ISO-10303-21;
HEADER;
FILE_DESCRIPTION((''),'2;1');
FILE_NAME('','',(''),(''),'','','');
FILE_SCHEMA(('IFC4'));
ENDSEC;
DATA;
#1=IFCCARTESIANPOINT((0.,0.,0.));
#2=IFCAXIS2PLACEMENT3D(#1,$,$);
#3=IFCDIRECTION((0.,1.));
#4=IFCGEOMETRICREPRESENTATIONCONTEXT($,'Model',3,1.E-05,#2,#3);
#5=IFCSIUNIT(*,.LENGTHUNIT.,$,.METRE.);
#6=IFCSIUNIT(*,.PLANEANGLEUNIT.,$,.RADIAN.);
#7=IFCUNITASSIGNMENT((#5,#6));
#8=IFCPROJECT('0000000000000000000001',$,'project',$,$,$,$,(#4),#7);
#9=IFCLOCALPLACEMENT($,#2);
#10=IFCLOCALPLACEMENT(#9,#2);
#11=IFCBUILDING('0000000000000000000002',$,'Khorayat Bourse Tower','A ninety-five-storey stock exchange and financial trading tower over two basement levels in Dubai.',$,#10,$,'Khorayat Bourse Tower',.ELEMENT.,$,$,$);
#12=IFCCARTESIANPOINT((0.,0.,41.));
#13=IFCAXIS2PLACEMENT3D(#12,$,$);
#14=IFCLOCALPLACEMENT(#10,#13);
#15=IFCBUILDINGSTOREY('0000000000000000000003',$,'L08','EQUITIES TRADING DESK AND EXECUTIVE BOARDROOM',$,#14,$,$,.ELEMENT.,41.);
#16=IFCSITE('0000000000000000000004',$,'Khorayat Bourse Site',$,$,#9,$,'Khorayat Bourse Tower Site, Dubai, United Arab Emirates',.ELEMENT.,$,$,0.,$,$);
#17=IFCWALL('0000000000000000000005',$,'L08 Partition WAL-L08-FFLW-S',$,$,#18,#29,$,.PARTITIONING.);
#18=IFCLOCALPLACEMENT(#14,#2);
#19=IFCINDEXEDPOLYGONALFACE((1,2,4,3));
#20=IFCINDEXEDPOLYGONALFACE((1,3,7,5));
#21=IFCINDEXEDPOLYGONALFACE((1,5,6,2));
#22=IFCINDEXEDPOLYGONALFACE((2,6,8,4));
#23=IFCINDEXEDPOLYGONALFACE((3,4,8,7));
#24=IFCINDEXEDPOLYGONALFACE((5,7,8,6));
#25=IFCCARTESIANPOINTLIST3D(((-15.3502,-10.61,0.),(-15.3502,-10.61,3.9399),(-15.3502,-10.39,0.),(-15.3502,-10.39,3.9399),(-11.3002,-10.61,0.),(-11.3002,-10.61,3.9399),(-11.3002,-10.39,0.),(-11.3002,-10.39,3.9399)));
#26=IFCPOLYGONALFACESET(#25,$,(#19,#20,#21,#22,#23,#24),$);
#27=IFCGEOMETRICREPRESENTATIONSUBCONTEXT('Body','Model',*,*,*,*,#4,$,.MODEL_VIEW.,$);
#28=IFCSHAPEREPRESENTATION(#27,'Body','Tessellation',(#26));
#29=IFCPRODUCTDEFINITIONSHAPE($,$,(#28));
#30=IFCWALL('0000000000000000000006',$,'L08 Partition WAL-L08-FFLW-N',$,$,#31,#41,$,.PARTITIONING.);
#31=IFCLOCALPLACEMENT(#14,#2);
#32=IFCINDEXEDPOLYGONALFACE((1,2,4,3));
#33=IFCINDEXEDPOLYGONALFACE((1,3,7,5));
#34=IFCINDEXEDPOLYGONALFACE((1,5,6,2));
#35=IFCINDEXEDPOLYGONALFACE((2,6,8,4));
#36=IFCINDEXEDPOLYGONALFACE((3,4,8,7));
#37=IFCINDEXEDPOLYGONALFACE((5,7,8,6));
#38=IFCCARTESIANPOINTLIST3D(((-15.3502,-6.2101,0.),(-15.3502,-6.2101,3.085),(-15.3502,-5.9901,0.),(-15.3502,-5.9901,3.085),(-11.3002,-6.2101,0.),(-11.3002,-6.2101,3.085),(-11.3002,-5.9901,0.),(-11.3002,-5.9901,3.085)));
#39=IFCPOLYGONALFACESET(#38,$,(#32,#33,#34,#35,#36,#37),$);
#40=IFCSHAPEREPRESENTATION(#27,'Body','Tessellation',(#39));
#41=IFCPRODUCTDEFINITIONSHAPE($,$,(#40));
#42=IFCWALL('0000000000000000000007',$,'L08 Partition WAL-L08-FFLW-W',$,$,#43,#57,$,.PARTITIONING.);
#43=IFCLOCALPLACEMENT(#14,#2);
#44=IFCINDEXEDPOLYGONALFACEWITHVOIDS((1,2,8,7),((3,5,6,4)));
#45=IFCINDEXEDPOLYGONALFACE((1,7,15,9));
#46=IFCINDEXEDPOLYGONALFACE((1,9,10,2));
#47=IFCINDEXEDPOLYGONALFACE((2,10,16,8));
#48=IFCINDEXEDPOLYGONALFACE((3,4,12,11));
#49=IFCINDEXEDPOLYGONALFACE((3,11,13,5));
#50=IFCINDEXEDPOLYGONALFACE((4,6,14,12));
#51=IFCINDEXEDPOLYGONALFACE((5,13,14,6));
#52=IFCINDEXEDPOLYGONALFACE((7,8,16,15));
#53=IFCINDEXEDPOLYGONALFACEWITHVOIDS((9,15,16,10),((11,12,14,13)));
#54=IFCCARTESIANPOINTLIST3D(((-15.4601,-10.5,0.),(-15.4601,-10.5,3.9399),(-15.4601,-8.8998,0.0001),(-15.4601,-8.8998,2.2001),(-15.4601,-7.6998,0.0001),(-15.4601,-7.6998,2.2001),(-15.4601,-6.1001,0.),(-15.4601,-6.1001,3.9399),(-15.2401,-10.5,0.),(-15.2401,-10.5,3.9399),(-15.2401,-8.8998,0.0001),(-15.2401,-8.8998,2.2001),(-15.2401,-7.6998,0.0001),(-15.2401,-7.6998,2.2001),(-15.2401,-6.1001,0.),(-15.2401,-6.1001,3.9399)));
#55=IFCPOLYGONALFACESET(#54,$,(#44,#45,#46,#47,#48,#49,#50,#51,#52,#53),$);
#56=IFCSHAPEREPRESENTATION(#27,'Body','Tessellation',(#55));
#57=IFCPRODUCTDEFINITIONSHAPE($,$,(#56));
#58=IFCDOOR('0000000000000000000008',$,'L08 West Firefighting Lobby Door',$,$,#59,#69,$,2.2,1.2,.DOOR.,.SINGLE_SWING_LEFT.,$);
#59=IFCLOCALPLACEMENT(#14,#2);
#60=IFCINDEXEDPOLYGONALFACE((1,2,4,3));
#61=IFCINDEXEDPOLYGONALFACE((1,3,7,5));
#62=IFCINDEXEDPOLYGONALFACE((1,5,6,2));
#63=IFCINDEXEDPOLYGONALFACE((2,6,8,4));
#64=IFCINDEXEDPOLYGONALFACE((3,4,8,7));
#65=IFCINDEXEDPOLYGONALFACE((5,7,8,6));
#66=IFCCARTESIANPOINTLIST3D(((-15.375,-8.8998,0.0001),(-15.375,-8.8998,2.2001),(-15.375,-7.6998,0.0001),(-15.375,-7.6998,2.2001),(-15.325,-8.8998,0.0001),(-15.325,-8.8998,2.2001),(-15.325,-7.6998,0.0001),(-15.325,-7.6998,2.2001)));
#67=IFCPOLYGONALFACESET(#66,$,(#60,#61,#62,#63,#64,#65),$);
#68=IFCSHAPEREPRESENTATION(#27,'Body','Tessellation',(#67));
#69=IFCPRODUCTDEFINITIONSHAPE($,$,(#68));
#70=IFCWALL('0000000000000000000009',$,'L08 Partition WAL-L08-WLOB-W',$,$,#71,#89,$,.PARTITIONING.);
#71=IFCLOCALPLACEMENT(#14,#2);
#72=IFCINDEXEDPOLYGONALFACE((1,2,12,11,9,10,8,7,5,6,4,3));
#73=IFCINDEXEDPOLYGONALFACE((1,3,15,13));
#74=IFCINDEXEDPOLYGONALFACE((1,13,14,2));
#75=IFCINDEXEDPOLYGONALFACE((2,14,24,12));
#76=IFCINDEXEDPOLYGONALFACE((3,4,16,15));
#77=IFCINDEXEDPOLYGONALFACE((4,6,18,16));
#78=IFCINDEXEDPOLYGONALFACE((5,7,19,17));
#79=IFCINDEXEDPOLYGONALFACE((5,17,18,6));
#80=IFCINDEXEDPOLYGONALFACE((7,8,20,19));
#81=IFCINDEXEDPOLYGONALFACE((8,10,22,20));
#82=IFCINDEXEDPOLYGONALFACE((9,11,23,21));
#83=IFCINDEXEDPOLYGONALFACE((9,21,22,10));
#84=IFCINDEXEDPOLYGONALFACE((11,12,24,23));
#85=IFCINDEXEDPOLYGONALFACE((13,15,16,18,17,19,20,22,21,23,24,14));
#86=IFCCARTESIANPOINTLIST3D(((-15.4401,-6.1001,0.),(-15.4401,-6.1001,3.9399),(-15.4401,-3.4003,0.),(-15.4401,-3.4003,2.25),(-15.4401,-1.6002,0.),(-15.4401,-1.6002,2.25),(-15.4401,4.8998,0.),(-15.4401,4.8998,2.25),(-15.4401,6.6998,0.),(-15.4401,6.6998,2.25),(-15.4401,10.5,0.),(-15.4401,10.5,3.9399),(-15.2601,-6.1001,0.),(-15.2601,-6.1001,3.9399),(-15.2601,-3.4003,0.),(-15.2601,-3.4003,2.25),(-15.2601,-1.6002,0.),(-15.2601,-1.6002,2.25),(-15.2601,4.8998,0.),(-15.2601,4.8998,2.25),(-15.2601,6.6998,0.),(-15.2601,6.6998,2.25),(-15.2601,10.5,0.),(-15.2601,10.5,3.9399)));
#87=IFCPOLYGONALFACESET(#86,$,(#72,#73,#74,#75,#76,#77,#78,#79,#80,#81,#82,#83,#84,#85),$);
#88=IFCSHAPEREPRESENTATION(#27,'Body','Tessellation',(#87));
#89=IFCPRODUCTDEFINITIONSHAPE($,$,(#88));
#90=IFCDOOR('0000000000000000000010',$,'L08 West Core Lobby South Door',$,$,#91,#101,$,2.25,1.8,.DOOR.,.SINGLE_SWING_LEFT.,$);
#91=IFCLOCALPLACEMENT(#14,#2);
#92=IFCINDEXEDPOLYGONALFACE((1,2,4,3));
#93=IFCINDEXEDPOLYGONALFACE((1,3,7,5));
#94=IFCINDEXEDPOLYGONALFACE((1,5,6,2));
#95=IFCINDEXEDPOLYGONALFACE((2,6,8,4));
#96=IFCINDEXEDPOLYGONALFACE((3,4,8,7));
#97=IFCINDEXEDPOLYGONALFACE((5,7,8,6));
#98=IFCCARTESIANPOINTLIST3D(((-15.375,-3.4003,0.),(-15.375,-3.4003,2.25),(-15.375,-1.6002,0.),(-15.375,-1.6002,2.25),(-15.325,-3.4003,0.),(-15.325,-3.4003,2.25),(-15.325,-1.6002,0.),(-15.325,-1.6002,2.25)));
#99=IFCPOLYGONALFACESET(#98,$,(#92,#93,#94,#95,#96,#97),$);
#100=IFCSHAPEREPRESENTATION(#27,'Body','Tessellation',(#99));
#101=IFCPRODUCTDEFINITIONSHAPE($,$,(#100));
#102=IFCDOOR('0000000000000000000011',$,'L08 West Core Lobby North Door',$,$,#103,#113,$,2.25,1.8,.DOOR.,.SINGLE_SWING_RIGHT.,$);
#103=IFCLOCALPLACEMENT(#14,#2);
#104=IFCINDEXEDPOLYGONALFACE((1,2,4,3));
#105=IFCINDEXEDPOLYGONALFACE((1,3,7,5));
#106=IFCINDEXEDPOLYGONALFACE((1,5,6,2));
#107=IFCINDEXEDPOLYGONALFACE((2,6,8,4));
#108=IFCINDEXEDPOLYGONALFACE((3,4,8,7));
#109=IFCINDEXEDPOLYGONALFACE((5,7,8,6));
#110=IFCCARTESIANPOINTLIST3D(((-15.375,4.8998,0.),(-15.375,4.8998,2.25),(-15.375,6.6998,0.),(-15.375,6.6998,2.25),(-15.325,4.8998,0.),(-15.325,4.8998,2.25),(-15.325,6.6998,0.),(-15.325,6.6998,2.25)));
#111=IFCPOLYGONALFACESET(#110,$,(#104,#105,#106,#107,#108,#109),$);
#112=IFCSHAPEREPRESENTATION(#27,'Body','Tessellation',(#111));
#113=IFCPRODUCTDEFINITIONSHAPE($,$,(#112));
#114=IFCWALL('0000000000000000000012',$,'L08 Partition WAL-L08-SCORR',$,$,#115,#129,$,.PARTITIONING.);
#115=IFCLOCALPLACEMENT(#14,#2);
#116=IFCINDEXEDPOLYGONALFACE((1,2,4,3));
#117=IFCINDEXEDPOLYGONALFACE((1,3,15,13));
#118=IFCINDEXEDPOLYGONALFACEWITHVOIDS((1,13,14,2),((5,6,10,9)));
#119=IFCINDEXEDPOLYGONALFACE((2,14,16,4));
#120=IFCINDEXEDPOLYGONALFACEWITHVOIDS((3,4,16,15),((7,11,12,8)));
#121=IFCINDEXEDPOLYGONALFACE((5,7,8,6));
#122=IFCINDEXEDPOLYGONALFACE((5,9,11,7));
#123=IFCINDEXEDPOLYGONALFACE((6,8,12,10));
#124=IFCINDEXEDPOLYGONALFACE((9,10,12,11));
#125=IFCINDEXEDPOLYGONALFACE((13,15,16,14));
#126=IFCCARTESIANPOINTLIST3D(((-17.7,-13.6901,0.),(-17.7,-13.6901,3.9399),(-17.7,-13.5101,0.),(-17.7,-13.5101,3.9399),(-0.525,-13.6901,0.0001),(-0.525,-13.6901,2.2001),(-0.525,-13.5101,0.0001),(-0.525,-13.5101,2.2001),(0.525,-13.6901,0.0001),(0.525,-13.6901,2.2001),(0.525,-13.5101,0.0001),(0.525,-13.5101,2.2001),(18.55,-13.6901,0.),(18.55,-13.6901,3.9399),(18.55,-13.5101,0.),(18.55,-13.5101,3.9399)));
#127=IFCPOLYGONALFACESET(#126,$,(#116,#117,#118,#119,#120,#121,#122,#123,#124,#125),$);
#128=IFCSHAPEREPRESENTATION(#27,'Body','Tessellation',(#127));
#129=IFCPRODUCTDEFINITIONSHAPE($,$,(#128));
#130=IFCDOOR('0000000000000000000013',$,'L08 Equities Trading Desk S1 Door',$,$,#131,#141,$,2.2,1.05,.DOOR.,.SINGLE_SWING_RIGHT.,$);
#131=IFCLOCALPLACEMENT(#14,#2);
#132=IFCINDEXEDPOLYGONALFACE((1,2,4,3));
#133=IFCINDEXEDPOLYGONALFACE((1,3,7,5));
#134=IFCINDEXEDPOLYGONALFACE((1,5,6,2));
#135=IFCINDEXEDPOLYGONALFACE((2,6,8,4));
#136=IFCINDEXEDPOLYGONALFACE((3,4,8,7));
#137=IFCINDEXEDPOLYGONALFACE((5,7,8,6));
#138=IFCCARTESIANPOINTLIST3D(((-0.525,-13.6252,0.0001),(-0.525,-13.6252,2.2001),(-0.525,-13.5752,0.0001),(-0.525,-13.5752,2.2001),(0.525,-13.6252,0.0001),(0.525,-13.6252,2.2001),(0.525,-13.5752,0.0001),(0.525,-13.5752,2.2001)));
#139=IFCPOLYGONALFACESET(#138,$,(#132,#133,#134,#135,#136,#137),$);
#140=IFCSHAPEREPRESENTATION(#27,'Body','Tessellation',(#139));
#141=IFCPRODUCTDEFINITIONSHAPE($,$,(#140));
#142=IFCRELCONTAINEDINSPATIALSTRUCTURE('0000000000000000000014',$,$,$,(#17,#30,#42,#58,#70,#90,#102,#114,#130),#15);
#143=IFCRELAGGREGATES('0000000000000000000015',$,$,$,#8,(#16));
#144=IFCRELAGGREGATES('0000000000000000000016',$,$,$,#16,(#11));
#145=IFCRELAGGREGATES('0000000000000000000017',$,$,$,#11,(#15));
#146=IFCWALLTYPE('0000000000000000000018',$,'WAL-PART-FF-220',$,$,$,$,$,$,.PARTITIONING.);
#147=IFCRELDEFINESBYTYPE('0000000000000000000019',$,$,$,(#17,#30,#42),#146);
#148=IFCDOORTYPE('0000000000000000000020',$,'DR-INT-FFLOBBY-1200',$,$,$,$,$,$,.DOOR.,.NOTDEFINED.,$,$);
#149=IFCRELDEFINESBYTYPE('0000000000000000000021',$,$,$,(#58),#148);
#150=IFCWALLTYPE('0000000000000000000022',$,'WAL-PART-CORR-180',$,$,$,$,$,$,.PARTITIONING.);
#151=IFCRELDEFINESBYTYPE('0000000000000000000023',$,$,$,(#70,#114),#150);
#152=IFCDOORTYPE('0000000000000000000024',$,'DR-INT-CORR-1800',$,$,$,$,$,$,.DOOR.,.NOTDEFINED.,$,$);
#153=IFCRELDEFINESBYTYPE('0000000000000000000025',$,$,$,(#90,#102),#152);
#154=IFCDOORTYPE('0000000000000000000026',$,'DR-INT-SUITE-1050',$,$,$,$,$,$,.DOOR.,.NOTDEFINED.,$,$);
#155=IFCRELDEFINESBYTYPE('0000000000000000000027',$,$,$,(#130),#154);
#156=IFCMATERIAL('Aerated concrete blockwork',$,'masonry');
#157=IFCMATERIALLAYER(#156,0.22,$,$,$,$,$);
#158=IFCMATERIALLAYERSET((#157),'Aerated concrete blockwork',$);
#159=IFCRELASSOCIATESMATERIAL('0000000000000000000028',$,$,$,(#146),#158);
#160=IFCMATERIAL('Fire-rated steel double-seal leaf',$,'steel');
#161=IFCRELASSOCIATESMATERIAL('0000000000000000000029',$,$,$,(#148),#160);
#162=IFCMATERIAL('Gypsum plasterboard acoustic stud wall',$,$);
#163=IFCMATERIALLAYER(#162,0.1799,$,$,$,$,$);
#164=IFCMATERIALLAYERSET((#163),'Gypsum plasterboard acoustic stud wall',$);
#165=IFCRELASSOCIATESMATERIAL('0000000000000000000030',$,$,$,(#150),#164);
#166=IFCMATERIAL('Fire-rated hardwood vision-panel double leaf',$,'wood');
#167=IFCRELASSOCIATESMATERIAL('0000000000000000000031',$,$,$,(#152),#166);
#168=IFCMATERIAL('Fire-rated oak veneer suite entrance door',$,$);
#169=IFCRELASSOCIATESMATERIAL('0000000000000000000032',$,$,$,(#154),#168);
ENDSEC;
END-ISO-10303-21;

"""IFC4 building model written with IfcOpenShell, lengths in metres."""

from ifc_helpers import new_model, si_unit, direction, frame, frame_2d, origin, place, context, subcontext, project, spatial, rectangle, extrude, source, transform, mapped, material, layer, layer_set, type_object, element, fill, save


model = new_model("IFC4")

# Units and contexts
model_context = context("Model", 3, precision=1e-05, world=origin(), true_north=direction((0.0, 1.0)))
body_context = subcontext(model_context, "Body", "Model", "MODEL_VIEW")
ifc_project = project(units=[si_unit("LENGTHUNIT", "METRE"), si_unit("PLANEANGLEUNIT", "RADIAN")], contexts=[model_context])

# Site, building, storey
site_placement = place(None, origin())
site = spatial("IfcSite", under=ifc_project, at=site_placement, Name="Khorayat Bourse Site", LongName="Khorayat Bourse Tower Site, Dubai, United Arab Emirates", CompositionType="ELEMENT", RefElevation=0.0)
building_placement = place(site_placement, origin())
building = spatial("IfcBuilding", under=site, at=building_placement, Name="Khorayat Bourse Tower", Description="A ninety-five-storey stock exchange and financial trading tower over two basement levels in Dubai.", LongName="Khorayat Bourse Tower", CompositionType="ELEMENT")
storey_placement = place(building_placement, frame((0.0, 0.0, 41.0)))
storey = spatial("IfcBuildingStorey", under=building, at=storey_placement, Name="L08", Description="EQUITIES TRADING DESK AND EXECUTIVE BOARDROOM", CompositionType="ELEMENT", Elevation=41.0)

# Walls
ifc_material_1 = material(Name="Aerated concrete blockwork", Category="masonry")
ifc_layer_1 = layer(ifc_material_1, 0.22)
ifc_layer_set_1 = layer_set([ifc_layer_1], Name="Aerated concrete blockwork")
wall_type_1 = type_object("IfcWallType", Name="WAL-PART-FF-220", PredefinedType="PARTITIONING", material=ifc_layer_set_1)
shared_shape_1 = source(origin(), body_context, "Body", "SweptSolid", [
    extrude(rectangle(XDim=4.05, YDim=0.22, at=frame_2d((2.0249, 0.0))), origin(), (0.0, 0.0, 1.0), 3.9399),
])
wall_1_placement = place(storey_placement, frame((-15.3501, -10.5, 0.0), z_axis=(0.0, 0.0, 1.0), x_axis=(1.0, 0.0, 0.0)))
element("IfcWall", 1, at=wall_1_placement, inside=storey, type_object=wall_type_1, Name="L08 Partition WAL-L08-FFLW-S", PredefinedType="PARTITIONING", context=body_context, shape_type="MappedRepresentation", body=[
    mapped(shared_shape_1, transform((0.0, 0.0, 0.0), scale=1.0)),
])
shared_shape_2 = source(origin(), body_context, "Body", "SweptSolid", [
    extrude(rectangle(XDim=4.05, YDim=0.22, at=frame_2d((2.0249, 0.0))), origin(), (0.0, 0.0, 1.0), 3.085),
])
wall_2_placement = place(storey_placement, frame((-15.3501, -6.1001, 0.0), z_axis=(0.0, 0.0, 1.0), x_axis=(1.0, 0.0, 0.0)))
element("IfcWall", 2, at=wall_2_placement, inside=storey, type_object=wall_type_1, Name="L08 Partition WAL-L08-FFLW-N", PredefinedType="PARTITIONING", context=body_context, shape_type="MappedRepresentation", body=[
    mapped(shared_shape_2, transform((0.0, 0.0, 0.0), scale=1.0)),
])

# Wall, opening, door
shared_shape_3 = source(origin(), body_context, "Body", "SweptSolid", [
    extrude(rectangle(XDim=4.3999, YDim=0.22, at=frame_2d((2.2, 0.0))), origin(), (0.0, 0.0, 1.0), 3.9399),
])
wall_3_placement = place(storey_placement, frame((-15.3501, -10.5, 0.0), z_axis=(0.0, 0.0, 1.0), x_axis=(0.0, 1.0, 0.0)))
wall_3 = element("IfcWall", 3, at=wall_3_placement, inside=storey, type_object=wall_type_1, Name="L08 Partition WAL-L08-FFLW-W", PredefinedType="PARTITIONING", context=body_context, shape_type="MappedRepresentation", body=[
    mapped(shared_shape_3, transform((0.0, 0.0, 0.0), scale=1.0)),
])
shared_shape_4 = source(origin(), body_context, "Body", "SweptSolid", [
    extrude(rectangle(XDim=1.2, YDim=2.2, at=frame_2d((0.6001, 1.1001))), frame((0.0, 0.1199, 0.0), z_axis=(0.0, -1.0, 0.0), x_axis=(1.0, 0.0, 0.0)), (0.0, 0.0, 1.0), 0.24),
])
opening_1_placement = place(wall_3_placement, frame((1.6001, 0.0, 0.0)))
opening_1 = element("IfcOpeningElement", 4, at=opening_1_placement, cuts=wall_3, PredefinedType="OPENING", context=body_context, shape_type="MappedRepresentation", body=[
    mapped(shared_shape_4, transform((0.0, 0.0, 0.0), scale=1.0)),
])
ifc_material_2 = material(Name="Fire-rated steel double-seal leaf", Category="steel")
door_type_1 = type_object("IfcDoorType", Name="DR-INT-FFLOBBY-1200", OperationType="NOTDEFINED", PredefinedType="DOOR", material=ifc_material_2)
shared_shape_5 = source(origin(), body_context, "Body", "SweptSolid", [
    extrude(rectangle(XDim=1.2, YDim=2.2, at=frame_2d((0.6001, 1.1001))), frame((0.0, 0.0249, 0.0), z_axis=(0.0, -1.0, 0.0), x_axis=(1.0, 0.0, 0.0)), (0.0, 0.0, 1.0), 0.05),
])
door_1_placement = place(opening_1_placement, origin())
door_1 = element("IfcDoor", 5, at=door_1_placement, inside=storey, type_object=door_type_1, Name="L08 West Firefighting Lobby Door", OperationType="SINGLE_SWING_LEFT", OverallHeight=2.2, OverallWidth=1.2, PredefinedType="DOOR", context=body_context, shape_type="MappedRepresentation", body=[
    mapped(shared_shape_5, transform((0.0, 0.0, 0.0), scale=1.0)),
])
fill(opening_1, door_1)

# Wall, openings, doors
ifc_material_3 = material(Name="Gypsum plasterboard acoustic stud wall")
ifc_layer_2 = layer(ifc_material_3, 0.1799)
ifc_layer_set_2 = layer_set([ifc_layer_2], Name="Gypsum plasterboard acoustic stud wall")
wall_type_2 = type_object("IfcWallType", Name="WAL-PART-CORR-180", PredefinedType="PARTITIONING", material=ifc_layer_set_2)
shared_shape_6 = source(origin(), body_context, "Body", "SweptSolid", [
    extrude(rectangle(XDim=16.6001, YDim=0.1799, at=frame_2d((8.3, 0.0))), origin(), (0.0, 0.0, 1.0), 3.9399),
])
wall_4_placement = place(storey_placement, frame((-15.3501, -6.1001, 0.0), z_axis=(0.0, 0.0, 1.0), x_axis=(0.0, 1.0, 0.0)))
wall_4 = element("IfcWall", 6, at=wall_4_placement, inside=storey, type_object=wall_type_2, Name="L08 Partition WAL-L08-WLOB-W", PredefinedType="PARTITIONING", context=body_context, shape_type="MappedRepresentation", body=[
    mapped(shared_shape_6, transform((0.0, 0.0, 0.0), scale=1.0)),
])
shared_shape_7 = source(origin(), body_context, "Body", "SweptSolid", [
    extrude(rectangle(XDim=1.8, YDim=2.25, at=frame_2d((0.8999, 1.125))), frame((0.0, 0.0999, 0.0), z_axis=(0.0, -1.0, 0.0), x_axis=(1.0, 0.0, 0.0)), (0.0, 0.0, 1.0), 0.2),
])
opening_2_placement = place(wall_4_placement, frame((2.7, 0.0, 0.0)))
opening_2 = element("IfcOpeningElement", 7, at=opening_2_placement, cuts=wall_4, PredefinedType="OPENING", context=body_context, shape_type="MappedRepresentation", body=[
    mapped(shared_shape_7, transform((0.0, 0.0, 0.0), scale=1.0)),
])
opening_3_placement = place(wall_4_placement, frame((11.0, 0.0, 0.0)))
opening_3 = element("IfcOpeningElement", 8, at=opening_3_placement, cuts=wall_4, PredefinedType="OPENING", context=body_context, shape_type="MappedRepresentation", body=[
    mapped(shared_shape_7, transform((0.0, 0.0, 0.0), scale=1.0)),
])
ifc_material_4 = material(Name="Fire-rated hardwood vision-panel double leaf", Category="wood")
door_type_2 = type_object("IfcDoorType", Name="DR-INT-CORR-1800", OperationType="NOTDEFINED", PredefinedType="DOOR", material=ifc_material_4)
shared_shape_8 = source(origin(), body_context, "Body", "SweptSolid", [
    extrude(rectangle(XDim=1.8, YDim=2.25, at=frame_2d((0.8999, 1.125))), frame((0.0, 0.0249, 0.0), z_axis=(0.0, -1.0, 0.0), x_axis=(1.0, 0.0, 0.0)), (0.0, 0.0, 1.0), 0.05),
])
door_2_placement = place(opening_2_placement, origin())
door_2 = element("IfcDoor", 9, at=door_2_placement, inside=storey, type_object=door_type_2, Name="L08 West Core Lobby South Door", OperationType="SINGLE_SWING_LEFT", OverallHeight=2.25, OverallWidth=1.8, PredefinedType="DOOR", context=body_context, shape_type="MappedRepresentation", body=[
    mapped(shared_shape_8, transform((0.0, 0.0, 0.0), scale=1.0)),
])
fill(opening_2, door_2)
door_3_placement = place(opening_3_placement, origin())
door_3 = element("IfcDoor", 10, at=door_3_placement, inside=storey, type_object=door_type_2, Name="L08 West Core Lobby North Door", OperationType="SINGLE_SWING_RIGHT", OverallHeight=2.25, OverallWidth=1.8, PredefinedType="DOOR", context=body_context, shape_type="MappedRepresentation", body=[
    mapped(shared_shape_8, transform((0.0, 0.0, 0.0), scale=1.0)),
])
fill(opening_3, door_3)

# Wall, opening, door
shared_shape_9 = source(origin(), body_context, "Body", "SweptSolid", [
    extrude(rectangle(XDim=36.25, YDim=0.1799, at=frame_2d((18.125, 0.0))), origin(), (0.0, 0.0, 1.0), 3.9399),
])
wall_5_placement = place(storey_placement, frame((-17.7, -13.6001, 0.0), z_axis=(0.0, 0.0, 1.0), x_axis=(1.0, 0.0, 0.0)))
wall_5 = element("IfcWall", 11, at=wall_5_placement, inside=storey, type_object=wall_type_2, Name="L08 Partition WAL-L08-SCORR", PredefinedType="PARTITIONING", context=body_context, shape_type="MappedRepresentation", body=[
    mapped(shared_shape_9, transform((0.0, 0.0, 0.0), scale=1.0)),
])
shared_shape_10 = source(origin(), body_context, "Body", "SweptSolid", [
    extrude(rectangle(XDim=1.05, YDim=2.2, at=frame_2d((0.5249, 1.1001))), frame((0.0, 0.0999, 0.0), z_axis=(0.0, -1.0, 0.0), x_axis=(1.0, 0.0, 0.0)), (0.0, 0.0, 1.0), 0.2),
])
opening_4_placement = place(wall_5_placement, frame((17.175, 0.0, 0.0)))
opening_4 = element("IfcOpeningElement", 12, at=opening_4_placement, cuts=wall_5, PredefinedType="OPENING", context=body_context, shape_type="MappedRepresentation", body=[
    mapped(shared_shape_10, transform((0.0, 0.0, 0.0), scale=1.0)),
])
ifc_material_5 = material(Name="Fire-rated oak veneer suite entrance door")
door_type_3 = type_object("IfcDoorType", Name="DR-INT-SUITE-1050", OperationType="NOTDEFINED", PredefinedType="DOOR", material=ifc_material_5)
shared_shape_11 = source(origin(), body_context, "Body", "SweptSolid", [
    extrude(rectangle(XDim=1.05, YDim=2.2, at=frame_2d((0.5249, 1.1001))), frame((0.0, 0.0249, 0.0), z_axis=(0.0, -1.0, 0.0), x_axis=(1.0, 0.0, 0.0)), (0.0, 0.0, 1.0), 0.05),
])
door_4_placement = place(opening_4_placement, origin())
door_4 = element("IfcDoor", 13, at=door_4_placement, inside=storey, type_object=door_type_3, Name="L08 Equities Trading Desk S1 Door", OperationType="SINGLE_SWING_RIGHT", OverallHeight=2.2, OverallWidth=1.05, PredefinedType="DOOR", context=body_context, shape_type="MappedRepresentation", body=[
    mapped(shared_shape_11, transform((0.0, 0.0, 0.0), scale=1.0)),
])
fill(opening_4, door_4)

save(model, "model.ifc")
